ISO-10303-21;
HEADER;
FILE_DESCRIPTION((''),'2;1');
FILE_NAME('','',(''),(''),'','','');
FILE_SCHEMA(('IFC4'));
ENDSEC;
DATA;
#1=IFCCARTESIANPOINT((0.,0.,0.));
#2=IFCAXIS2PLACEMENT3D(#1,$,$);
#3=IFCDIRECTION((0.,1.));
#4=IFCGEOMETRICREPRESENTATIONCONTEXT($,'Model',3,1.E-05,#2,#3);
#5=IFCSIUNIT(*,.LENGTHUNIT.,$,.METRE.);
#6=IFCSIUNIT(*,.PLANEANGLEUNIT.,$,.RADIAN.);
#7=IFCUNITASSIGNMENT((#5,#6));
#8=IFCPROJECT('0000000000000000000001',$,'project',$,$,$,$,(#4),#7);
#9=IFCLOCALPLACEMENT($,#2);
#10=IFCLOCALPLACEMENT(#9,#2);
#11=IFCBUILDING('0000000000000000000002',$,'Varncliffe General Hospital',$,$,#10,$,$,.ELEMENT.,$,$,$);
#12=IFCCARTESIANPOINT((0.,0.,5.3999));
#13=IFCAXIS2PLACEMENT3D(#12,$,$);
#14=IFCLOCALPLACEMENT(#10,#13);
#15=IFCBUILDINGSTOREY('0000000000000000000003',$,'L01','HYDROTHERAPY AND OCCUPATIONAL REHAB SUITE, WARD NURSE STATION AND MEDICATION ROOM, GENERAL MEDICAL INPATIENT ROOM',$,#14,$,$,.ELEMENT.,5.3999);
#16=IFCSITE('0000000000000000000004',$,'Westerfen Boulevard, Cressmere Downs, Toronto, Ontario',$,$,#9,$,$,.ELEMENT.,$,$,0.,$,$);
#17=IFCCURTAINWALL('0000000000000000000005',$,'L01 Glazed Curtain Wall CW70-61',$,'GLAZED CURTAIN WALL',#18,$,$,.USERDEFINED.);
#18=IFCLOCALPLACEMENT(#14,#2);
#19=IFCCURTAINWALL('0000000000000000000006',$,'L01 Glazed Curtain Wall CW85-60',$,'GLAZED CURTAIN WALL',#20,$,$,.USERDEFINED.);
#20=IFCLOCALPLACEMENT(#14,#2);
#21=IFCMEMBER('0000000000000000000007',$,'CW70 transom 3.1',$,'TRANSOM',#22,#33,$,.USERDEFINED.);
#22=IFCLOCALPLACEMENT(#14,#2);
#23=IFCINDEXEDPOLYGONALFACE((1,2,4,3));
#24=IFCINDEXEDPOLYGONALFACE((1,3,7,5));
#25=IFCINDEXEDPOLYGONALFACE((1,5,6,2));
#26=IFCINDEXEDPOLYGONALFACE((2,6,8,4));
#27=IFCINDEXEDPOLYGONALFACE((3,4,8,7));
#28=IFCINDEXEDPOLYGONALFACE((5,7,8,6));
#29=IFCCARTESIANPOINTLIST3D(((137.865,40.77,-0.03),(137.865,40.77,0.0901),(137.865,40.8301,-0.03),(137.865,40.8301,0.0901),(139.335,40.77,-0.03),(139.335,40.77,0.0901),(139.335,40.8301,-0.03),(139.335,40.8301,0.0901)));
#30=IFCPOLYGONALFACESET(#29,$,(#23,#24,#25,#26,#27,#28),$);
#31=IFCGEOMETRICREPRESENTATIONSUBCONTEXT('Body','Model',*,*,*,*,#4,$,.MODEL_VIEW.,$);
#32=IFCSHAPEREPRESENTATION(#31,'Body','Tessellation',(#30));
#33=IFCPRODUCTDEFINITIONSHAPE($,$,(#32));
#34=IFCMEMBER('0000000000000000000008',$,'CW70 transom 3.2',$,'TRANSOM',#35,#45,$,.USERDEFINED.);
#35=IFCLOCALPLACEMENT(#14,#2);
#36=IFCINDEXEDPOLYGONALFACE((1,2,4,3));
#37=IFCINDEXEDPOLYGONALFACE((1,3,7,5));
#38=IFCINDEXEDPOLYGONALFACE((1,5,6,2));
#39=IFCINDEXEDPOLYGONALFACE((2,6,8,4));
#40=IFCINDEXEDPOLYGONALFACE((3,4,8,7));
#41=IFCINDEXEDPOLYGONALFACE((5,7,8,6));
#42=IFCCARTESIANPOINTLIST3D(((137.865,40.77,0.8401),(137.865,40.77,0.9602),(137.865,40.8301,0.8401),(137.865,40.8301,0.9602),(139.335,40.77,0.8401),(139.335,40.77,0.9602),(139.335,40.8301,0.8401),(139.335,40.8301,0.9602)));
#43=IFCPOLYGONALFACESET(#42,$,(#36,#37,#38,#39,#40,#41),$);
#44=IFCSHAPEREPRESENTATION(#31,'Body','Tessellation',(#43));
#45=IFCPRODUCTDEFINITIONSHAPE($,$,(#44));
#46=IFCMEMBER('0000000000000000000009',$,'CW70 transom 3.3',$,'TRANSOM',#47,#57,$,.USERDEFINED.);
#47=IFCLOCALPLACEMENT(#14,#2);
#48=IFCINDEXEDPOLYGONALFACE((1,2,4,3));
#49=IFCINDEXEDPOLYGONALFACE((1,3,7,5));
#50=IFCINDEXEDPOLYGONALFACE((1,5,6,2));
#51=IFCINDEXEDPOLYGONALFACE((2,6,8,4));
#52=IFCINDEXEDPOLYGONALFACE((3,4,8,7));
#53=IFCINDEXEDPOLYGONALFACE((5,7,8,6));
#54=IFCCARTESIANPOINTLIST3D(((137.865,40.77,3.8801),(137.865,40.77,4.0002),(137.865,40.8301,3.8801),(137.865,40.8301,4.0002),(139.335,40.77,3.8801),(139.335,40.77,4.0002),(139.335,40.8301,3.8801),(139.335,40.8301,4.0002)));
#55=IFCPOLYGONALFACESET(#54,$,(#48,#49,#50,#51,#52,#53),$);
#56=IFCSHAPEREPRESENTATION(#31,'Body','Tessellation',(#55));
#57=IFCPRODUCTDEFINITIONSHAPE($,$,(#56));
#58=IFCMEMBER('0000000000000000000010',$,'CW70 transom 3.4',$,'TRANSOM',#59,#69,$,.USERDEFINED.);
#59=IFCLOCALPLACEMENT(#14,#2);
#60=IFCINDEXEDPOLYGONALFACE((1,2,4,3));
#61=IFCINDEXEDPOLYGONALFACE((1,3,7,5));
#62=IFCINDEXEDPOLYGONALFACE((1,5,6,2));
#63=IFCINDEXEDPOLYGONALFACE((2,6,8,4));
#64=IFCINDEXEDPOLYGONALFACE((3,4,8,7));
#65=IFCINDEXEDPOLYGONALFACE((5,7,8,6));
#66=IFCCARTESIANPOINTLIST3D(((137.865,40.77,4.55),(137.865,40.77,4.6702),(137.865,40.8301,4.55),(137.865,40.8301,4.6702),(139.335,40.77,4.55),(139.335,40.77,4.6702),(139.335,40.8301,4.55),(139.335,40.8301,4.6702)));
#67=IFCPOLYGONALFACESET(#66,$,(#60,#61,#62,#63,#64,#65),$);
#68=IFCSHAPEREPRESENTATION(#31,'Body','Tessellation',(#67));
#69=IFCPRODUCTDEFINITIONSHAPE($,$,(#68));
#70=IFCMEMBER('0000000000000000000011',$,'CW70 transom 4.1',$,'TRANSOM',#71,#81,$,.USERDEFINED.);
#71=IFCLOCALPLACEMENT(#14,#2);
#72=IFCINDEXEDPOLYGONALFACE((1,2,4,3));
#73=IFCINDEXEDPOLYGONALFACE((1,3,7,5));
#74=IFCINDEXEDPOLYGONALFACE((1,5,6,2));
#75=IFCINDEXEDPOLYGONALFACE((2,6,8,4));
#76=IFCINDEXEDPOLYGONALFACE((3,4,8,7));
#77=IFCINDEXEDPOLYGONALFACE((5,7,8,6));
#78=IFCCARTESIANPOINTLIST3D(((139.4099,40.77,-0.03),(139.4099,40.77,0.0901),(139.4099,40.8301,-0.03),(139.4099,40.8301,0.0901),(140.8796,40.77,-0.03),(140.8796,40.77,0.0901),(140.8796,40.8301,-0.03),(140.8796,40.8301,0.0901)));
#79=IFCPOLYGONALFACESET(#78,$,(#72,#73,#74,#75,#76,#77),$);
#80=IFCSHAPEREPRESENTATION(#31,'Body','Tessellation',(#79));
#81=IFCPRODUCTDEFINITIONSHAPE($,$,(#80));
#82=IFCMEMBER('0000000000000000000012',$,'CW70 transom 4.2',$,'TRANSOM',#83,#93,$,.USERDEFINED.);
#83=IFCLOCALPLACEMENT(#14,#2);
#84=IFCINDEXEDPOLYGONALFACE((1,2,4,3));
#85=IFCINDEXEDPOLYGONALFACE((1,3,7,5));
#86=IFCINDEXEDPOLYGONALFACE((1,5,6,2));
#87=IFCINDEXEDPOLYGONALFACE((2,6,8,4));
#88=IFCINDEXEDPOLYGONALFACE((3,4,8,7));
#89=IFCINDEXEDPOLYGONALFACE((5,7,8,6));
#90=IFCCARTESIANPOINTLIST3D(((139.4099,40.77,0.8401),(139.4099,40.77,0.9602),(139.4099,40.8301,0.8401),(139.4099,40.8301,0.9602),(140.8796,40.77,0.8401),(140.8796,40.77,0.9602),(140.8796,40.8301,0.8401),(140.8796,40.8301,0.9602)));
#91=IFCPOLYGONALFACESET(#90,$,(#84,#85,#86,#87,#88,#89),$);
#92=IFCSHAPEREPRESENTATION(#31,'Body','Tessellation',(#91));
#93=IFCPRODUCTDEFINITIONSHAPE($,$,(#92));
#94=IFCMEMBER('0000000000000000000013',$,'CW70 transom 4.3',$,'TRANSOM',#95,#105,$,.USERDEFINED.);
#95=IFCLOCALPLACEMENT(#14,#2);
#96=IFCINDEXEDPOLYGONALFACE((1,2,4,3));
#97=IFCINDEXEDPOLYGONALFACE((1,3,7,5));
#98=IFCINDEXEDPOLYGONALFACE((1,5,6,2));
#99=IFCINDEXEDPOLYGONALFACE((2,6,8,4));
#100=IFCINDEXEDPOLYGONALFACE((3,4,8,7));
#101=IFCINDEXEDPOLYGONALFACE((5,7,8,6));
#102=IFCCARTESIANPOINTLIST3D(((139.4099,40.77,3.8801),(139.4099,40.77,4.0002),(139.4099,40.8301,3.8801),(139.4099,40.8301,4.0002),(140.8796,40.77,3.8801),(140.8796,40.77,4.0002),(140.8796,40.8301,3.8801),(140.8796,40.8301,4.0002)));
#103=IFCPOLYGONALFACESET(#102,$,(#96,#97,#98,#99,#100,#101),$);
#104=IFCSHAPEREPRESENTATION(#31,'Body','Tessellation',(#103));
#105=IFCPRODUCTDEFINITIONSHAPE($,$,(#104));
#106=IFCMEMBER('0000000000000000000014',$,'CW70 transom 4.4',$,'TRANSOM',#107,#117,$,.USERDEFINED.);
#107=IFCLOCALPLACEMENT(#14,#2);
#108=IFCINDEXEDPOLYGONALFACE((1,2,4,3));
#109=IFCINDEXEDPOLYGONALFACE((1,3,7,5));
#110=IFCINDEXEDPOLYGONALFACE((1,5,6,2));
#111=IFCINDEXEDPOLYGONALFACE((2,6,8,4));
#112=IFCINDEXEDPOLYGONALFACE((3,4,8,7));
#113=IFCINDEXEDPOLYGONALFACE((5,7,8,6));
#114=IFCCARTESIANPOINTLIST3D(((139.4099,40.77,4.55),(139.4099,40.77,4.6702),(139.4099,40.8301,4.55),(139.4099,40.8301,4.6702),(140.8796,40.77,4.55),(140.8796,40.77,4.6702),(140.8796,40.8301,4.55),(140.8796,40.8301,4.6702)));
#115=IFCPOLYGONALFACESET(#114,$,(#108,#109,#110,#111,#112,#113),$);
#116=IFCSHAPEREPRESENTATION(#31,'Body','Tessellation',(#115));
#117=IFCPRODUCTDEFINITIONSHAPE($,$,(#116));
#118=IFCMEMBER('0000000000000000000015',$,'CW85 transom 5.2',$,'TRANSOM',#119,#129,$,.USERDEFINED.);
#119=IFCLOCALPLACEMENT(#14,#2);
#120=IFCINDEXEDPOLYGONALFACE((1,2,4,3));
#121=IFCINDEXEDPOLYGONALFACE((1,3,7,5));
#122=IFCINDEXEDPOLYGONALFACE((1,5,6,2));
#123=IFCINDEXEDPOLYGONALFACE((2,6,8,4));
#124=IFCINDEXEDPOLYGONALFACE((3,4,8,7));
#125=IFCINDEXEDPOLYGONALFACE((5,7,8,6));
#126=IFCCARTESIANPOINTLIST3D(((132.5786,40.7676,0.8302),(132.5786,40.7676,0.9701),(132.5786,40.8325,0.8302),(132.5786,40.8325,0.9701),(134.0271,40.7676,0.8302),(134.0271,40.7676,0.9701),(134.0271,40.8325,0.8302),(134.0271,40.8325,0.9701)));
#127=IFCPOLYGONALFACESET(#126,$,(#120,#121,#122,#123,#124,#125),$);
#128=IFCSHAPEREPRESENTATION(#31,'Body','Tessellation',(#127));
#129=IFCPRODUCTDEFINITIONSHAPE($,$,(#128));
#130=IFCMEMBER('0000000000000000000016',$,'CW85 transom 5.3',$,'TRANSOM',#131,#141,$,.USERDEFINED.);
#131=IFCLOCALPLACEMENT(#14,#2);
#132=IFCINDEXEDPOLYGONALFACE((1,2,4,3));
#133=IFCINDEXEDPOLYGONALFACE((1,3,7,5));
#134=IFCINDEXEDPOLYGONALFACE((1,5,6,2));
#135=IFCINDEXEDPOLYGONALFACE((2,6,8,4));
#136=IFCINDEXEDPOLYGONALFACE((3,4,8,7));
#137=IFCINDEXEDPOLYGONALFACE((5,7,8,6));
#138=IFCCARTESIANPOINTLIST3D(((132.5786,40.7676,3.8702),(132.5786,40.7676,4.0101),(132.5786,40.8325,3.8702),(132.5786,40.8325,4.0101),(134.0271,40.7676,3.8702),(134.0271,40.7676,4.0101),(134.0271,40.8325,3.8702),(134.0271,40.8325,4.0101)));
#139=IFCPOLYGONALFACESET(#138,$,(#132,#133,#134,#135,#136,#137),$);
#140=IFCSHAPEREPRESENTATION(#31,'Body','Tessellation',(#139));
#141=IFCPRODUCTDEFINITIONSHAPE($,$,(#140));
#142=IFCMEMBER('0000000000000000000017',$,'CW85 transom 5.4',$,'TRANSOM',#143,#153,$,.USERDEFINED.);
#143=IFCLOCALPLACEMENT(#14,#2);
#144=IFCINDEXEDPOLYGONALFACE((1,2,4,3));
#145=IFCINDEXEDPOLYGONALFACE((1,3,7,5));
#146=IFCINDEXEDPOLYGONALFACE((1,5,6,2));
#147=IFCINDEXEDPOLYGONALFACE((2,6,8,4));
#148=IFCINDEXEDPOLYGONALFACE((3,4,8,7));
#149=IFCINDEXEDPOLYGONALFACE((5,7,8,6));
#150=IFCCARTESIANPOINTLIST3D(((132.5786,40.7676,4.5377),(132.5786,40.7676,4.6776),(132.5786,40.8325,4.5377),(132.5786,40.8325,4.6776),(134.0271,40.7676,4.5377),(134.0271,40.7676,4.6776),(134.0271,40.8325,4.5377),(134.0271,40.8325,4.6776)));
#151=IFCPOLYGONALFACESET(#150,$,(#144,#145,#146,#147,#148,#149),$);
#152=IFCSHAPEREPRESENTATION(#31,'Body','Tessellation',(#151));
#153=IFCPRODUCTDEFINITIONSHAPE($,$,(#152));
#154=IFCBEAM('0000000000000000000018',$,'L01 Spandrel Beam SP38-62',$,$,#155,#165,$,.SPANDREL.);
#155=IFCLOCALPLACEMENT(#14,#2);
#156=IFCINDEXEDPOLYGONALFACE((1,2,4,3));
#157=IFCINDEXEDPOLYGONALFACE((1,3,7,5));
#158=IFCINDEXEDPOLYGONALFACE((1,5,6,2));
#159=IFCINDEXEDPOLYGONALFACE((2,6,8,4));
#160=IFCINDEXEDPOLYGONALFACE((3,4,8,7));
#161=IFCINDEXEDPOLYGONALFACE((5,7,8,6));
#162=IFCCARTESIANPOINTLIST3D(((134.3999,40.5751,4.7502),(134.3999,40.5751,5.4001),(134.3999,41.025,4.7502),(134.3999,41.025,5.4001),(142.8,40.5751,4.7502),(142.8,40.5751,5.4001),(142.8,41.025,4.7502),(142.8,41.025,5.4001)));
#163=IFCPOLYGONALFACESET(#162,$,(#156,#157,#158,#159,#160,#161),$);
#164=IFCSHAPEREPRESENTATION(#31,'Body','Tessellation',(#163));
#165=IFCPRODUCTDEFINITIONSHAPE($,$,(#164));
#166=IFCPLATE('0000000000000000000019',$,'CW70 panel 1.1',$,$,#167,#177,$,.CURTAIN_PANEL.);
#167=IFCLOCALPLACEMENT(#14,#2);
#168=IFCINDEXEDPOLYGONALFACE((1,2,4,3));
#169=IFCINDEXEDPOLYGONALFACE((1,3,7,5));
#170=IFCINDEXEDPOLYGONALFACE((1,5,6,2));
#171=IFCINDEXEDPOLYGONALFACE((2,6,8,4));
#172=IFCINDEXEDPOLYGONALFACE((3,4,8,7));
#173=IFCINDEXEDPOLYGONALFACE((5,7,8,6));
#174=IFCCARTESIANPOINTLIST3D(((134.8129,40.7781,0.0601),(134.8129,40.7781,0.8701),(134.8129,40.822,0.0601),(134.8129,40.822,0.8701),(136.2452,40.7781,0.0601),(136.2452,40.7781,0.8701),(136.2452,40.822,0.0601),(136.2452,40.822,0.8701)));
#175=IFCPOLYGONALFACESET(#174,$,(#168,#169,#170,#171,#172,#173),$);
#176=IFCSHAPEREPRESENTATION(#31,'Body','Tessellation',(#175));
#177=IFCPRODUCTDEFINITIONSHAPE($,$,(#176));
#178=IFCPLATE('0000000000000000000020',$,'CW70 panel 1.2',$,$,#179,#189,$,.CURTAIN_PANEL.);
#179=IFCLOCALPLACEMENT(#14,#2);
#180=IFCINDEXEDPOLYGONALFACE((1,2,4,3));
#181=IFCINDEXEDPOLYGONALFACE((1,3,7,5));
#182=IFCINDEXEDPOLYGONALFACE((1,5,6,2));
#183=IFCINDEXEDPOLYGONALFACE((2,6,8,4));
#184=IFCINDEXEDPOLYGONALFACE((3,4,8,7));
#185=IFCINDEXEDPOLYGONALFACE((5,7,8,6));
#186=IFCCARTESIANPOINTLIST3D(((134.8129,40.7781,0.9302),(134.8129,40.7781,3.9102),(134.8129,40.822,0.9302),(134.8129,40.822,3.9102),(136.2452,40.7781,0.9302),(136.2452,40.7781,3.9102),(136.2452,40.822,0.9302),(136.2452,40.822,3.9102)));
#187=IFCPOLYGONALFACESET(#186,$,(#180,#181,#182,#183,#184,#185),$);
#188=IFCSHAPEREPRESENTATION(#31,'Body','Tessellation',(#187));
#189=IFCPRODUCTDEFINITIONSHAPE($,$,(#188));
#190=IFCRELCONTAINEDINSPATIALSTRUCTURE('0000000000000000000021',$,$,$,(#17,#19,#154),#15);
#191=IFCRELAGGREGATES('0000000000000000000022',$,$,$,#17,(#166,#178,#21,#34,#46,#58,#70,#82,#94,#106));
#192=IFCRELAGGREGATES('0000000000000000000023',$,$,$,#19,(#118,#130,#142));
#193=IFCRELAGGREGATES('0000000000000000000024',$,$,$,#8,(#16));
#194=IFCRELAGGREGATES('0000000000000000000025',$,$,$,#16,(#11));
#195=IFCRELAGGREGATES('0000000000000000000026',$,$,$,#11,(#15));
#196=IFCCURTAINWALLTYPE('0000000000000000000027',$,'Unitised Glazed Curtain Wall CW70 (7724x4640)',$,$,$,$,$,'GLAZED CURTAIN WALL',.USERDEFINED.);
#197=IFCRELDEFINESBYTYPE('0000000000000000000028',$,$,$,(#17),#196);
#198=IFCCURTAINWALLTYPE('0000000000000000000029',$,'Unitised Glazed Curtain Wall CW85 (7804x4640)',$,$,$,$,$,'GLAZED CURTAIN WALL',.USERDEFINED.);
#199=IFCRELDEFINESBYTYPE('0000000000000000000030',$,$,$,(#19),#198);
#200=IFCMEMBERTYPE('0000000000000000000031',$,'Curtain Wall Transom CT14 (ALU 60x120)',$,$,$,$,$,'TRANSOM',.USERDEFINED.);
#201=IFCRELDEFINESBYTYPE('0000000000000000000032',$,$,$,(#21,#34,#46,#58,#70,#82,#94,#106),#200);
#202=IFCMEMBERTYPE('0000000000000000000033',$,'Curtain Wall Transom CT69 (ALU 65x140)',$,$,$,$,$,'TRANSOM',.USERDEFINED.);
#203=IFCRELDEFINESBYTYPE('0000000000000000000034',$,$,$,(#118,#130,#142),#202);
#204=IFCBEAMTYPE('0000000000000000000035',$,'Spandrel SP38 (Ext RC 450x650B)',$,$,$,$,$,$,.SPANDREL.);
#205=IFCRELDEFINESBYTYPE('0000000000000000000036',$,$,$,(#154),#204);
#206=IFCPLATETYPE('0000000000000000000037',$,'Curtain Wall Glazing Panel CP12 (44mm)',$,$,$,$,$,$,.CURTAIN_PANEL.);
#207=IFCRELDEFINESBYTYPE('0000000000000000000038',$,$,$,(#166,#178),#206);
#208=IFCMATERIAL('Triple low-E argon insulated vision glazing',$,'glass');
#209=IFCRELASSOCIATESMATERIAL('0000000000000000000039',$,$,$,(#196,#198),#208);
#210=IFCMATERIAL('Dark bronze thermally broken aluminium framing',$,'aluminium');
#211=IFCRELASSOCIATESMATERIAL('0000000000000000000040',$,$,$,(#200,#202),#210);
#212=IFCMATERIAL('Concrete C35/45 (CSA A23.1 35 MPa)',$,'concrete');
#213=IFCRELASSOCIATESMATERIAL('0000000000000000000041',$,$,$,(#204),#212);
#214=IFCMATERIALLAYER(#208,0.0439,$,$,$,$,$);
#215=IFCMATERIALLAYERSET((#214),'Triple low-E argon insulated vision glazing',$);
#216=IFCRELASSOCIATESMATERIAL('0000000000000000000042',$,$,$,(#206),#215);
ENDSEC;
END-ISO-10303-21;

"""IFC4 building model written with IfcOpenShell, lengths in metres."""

from ifc_helpers import new_model, si_unit, direction, frame, origin, origin_2d, place, context, subcontext, project, spatial, rectangle, extrude, material, layer, layer_set, material_profile, profile_set, type_object, element, aggregate, save


model = new_model("IFC4")

# Units and contexts
model_context = context("Model", 3, precision=1e-05, world=origin(), true_north=direction((0.0, 1.0)))
body_context = subcontext(model_context, "Body", "Model", "MODEL_VIEW")
ifc_project = project(units=[si_unit("LENGTHUNIT", "METRE"), si_unit("PLANEANGLEUNIT", "RADIAN")], contexts=[model_context])

# Site, building, storey
site_placement = place(None, origin())
site = spatial("IfcSite", under=ifc_project, at=site_placement, Name="Westerfen Boulevard, Cressmere Downs, Toronto, Ontario", CompositionType="ELEMENT", RefElevation=0.0)
building_placement = place(site_placement, origin())
building = spatial("IfcBuilding", under=site, at=building_placement, Name="Varncliffe General Hospital", CompositionType="ELEMENT")
storey_placement = place(building_placement, frame((0.0, 0.0, 5.3999)))
storey = spatial("IfcBuildingStorey", under=building, at=storey_placement, Name="L01", Description="HYDROTHERAPY AND OCCUPATIONAL REHAB SUITE, WARD NURSE STATION AND MEDICATION ROOM, GENERAL MEDICAL INPATIENT ROOM", CompositionType="ELEMENT", Elevation=5.3999)

# Curtain wall
ifc_material_1 = material(Name="Triple low-E argon insulated vision glazing", Category="glass")
curtain_wall_type_1 = type_object("IfcCurtainWallType", Name="Unitised Glazed Curtain Wall CW70 (7724x4640)", ElementType="GLAZED CURTAIN WALL", PredefinedType="USERDEFINED", material=ifc_material_1)
curtain_wall_1_placement = place(storey_placement, origin())
curtain_wall_1 = element("IfcCurtainWall", 1, at=curtain_wall_1_placement, inside=storey, type_object=curtain_wall_type_1, Name="L01 Glazed Curtain Wall CW70-61", ObjectType="GLAZED CURTAIN WALL", PredefinedType="USERDEFINED")
ifc_material_2 = material(Name="Dark bronze thermally broken aluminium framing", Category="aluminium")

# Curtain wall
curtain_wall_type_2 = type_object("IfcCurtainWallType", Name="Unitised Glazed Curtain Wall CW85 (7804x4640)", ElementType="GLAZED CURTAIN WALL", PredefinedType="USERDEFINED", material=ifc_material_1)
curtain_wall_2_placement = place(storey_placement, origin())
curtain_wall_2 = element("IfcCurtainWall", 2, at=curtain_wall_2_placement, inside=storey, type_object=curtain_wall_type_2, Name="L01 Glazed Curtain Wall CW85-60", ObjectType="GLAZED CURTAIN WALL", PredefinedType="USERDEFINED")

# Members
ifc_material_profile_1 = material_profile(ifc_material_2, rectangle(XDim=0.0601, YDim=0.1201, at=origin_2d()), Name="ALU 60x120")
ifc_profile_set_1 = profile_set([ifc_material_profile_1], Name="Dark bronze thermally broken aluminium framing")
member_type_1 = type_object("IfcMemberType", Name="Curtain Wall Transom CT14 (ALU 60x120)", ElementType="TRANSOM", PredefinedType="USERDEFINED", material=ifc_profile_set_1)
member_1_placement = place(storey_placement, frame((137.865, 40.8, 0.03), z_axis=(1.0, 0.0, 0.0), x_axis=(0.0, 1.0, 0.0)))
member_1 = element("IfcMember", 3, at=member_1_placement, type_object=member_type_1, Name="CW70 transom 3.1", ObjectType="TRANSOM", PredefinedType="USERDEFINED", context=body_context, shape_type="SweptSolid", body=[
    extrude(rectangle(XDim=0.0601, YDim=0.1201, at=origin_2d()), origin(), (0.0, 0.0, 1.0), 1.47),
])
member_2_placement = place(storey_placement, frame((137.865, 40.8, 0.9001), z_axis=(1.0, 0.0, 0.0), x_axis=(0.0, 1.0, 0.0)))
member_2 = element("IfcMember", 4, at=member_2_placement, type_object=member_type_1, Name="CW70 transom 3.2", ObjectType="TRANSOM", PredefinedType="USERDEFINED", context=body_context, shape_type="SweptSolid", body=[
    extrude(rectangle(XDim=0.0601, YDim=0.1201, at=origin_2d()), origin(), (0.0, 0.0, 1.0), 1.47),
])
member_3_placement = place(storey_placement, frame((137.865, 40.8, 3.9402), z_axis=(1.0, 0.0, 0.0), x_axis=(0.0, 1.0, 0.0)))
member_3 = element("IfcMember", 5, at=member_3_placement, type_object=member_type_1, Name="CW70 transom 3.3", ObjectType="TRANSOM", PredefinedType="USERDEFINED", context=body_context, shape_type="SweptSolid", body=[
    extrude(rectangle(XDim=0.0601, YDim=0.1201, at=origin_2d()), origin(), (0.0, 0.0, 1.0), 1.47),
])
member_4_placement = place(storey_placement, frame((137.865, 40.8, 4.6101), z_axis=(1.0, 0.0, 0.0), x_axis=(0.0, 1.0, 0.0)))
member_4 = element("IfcMember", 6, at=member_4_placement, type_object=member_type_1, Name="CW70 transom 3.4", ObjectType="TRANSOM", PredefinedType="USERDEFINED", context=body_context, shape_type="SweptSolid", body=[
    extrude(rectangle(XDim=0.0601, YDim=0.1201, at=origin_2d()), origin(), (0.0, 0.0, 1.0), 1.47),
])
member_5_placement = place(storey_placement, frame((139.4099, 40.8, 0.03), z_axis=(1.0, 0.0, 0.0), x_axis=(0.0, 1.0, 0.0)))
member_5 = element("IfcMember", 7, at=member_5_placement, type_object=member_type_1, Name="CW70 transom 4.1", ObjectType="TRANSOM", PredefinedType="USERDEFINED", context=body_context, shape_type="SweptSolid", body=[
    extrude(rectangle(XDim=0.0601, YDim=0.1201, at=origin_2d()), origin(), (0.0, 0.0, 1.0), 1.4697),
])
member_6_placement = place(storey_placement, frame((139.4099, 40.8, 0.9001), z_axis=(1.0, 0.0, 0.0), x_axis=(0.0, 1.0, 0.0)))
member_6 = element("IfcMember", 8, at=member_6_placement, type_object=member_type_1, Name="CW70 transom 4.2", ObjectType="TRANSOM", PredefinedType="USERDEFINED", context=body_context, shape_type="SweptSolid", body=[
    extrude(rectangle(XDim=0.0601, YDim=0.1201, at=origin_2d()), origin(), (0.0, 0.0, 1.0), 1.4697),
])
member_7_placement = place(storey_placement, frame((139.4099, 40.8, 3.9402), z_axis=(1.0, 0.0, 0.0), x_axis=(0.0, 1.0, 0.0)))
member_7 = element("IfcMember", 9, at=member_7_placement, type_object=member_type_1, Name="CW70 transom 4.3", ObjectType="TRANSOM", PredefinedType="USERDEFINED", context=body_context, shape_type="SweptSolid", body=[
    extrude(rectangle(XDim=0.0601, YDim=0.1201, at=origin_2d()), origin(), (0.0, 0.0, 1.0), 1.4697),
])
member_8_placement = place(storey_placement, frame((139.4099, 40.8, 4.6101), z_axis=(1.0, 0.0, 0.0), x_axis=(0.0, 1.0, 0.0)))
member_8 = element("IfcMember", 10, at=member_8_placement, type_object=member_type_1, Name="CW70 transom 4.4", ObjectType="TRANSOM", PredefinedType="USERDEFINED", context=body_context, shape_type="SweptSolid", body=[
    extrude(rectangle(XDim=0.0601, YDim=0.1201, at=origin_2d()), origin(), (0.0, 0.0, 1.0), 1.4697),
])
ifc_material_profile_2 = material_profile(ifc_material_2, rectangle(XDim=0.0649, YDim=0.1399, at=origin_2d()), Name="ALU 65x140")
ifc_profile_set_2 = profile_set([ifc_material_profile_2], Name="Dark bronze thermally broken aluminium framing")
member_type_2 = type_object("IfcMemberType", Name="Curtain Wall Transom CT69 (ALU 65x140)", ElementType="TRANSOM", PredefinedType="USERDEFINED", material=ifc_profile_set_2)
member_9_placement = place(storey_placement, frame((132.5786, 40.8, 0.9001), z_axis=(1.0, 0.0, 0.0), x_axis=(0.0, 1.0, 0.0)))
member_9 = element("IfcMember", 11, at=member_9_placement, type_object=member_type_2, Name="CW85 transom 5.2", ObjectType="TRANSOM", PredefinedType="USERDEFINED", context=body_context, shape_type="SweptSolid", body=[
    extrude(rectangle(XDim=0.0649, YDim=0.1399, at=origin_2d()), origin(), (0.0, 0.0, 1.0), 1.4485),
])
member_10_placement = place(storey_placement, frame((132.5786, 40.8, 3.9402), z_axis=(1.0, 0.0, 0.0), x_axis=(0.0, 1.0, 0.0)))
member_10 = element("IfcMember", 12, at=member_10_placement, type_object=member_type_2, Name="CW85 transom 5.3", ObjectType="TRANSOM", PredefinedType="USERDEFINED", context=body_context, shape_type="SweptSolid", body=[
    extrude(rectangle(XDim=0.0649, YDim=0.1399, at=origin_2d()), origin(), (0.0, 0.0, 1.0), 1.4485),
])
member_11_placement = place(storey_placement, frame((132.5786, 40.8, 4.6077), z_axis=(1.0, 0.0, 0.0), x_axis=(0.0, 1.0, 0.0)))
member_11 = element("IfcMember", 13, at=member_11_placement, type_object=member_type_2, Name="CW85 transom 5.4", ObjectType="TRANSOM", PredefinedType="USERDEFINED", context=body_context, shape_type="SweptSolid", body=[
    extrude(rectangle(XDim=0.0649, YDim=0.1399, at=origin_2d()), origin(), (0.0, 0.0, 1.0), 1.4485),
])

# Beam
ifc_material_3 = material(Name="Concrete C35/45 (CSA A23.1 35 MPa)", Category="concrete")
ifc_material_profile_3 = material_profile(ifc_material_3, rectangle(XDim=0.45, YDim=0.6499, at=origin_2d()), Name="RC 450x650")
ifc_profile_set_3 = profile_set([ifc_material_profile_3], Name="Concrete C35/45 (CSA A23.1 35 MPa)")
beam_type = type_object("IfcBeamType", Name="Spandrel SP38 (Ext RC 450x650B)", PredefinedType="SPANDREL", material=ifc_profile_set_3)
beam_placement = place(storey_placement, frame((134.3999, 40.8, 5.0752), z_axis=(1.0, 0.0, 0.0), x_axis=(0.0, 1.0, 0.0)))
element("IfcBeam", 14, at=beam_placement, inside=storey, type_object=beam_type, Name="L01 Spandrel Beam SP38-62", PredefinedType="SPANDREL", context=body_context, shape_type="SweptSolid", body=[
    extrude(rectangle(XDim=0.45, YDim=0.6499, at=origin_2d()), origin(), (0.0, 0.0, 1.0), 8.4001),
])

# Plates
ifc_layer_1 = layer(ifc_material_1, 0.0439)
ifc_layer_set_1 = layer_set([ifc_layer_1], Name="Triple low-E argon insulated vision glazing")
plate_type_1 = type_object("IfcPlateType", Name="Curtain Wall Glazing Panel CP12 (44mm)", PredefinedType="CURTAIN_PANEL", material=ifc_layer_set_1)
plate_1_placement = place(storey_placement, frame((135.5291, 40.8, 0.0601), z_axis=(0.0, 0.0, 1.0), x_axis=(1.0, 0.0, 0.0)))
plate_1 = element("IfcPlate", 15, at=plate_1_placement, type_object=plate_type_1, Name="CW70 panel 1.1", PredefinedType="CURTAIN_PANEL", context=body_context, shape_type="SweptSolid", body=[
    extrude(rectangle(XDim=1.4324, YDim=0.0439, at=origin_2d()), origin(), (0.0, 0.0, 1.0), 0.8101),
])
plate_2_placement = place(storey_placement, frame((135.5291, 40.8, 0.9302), z_axis=(0.0, 0.0, 1.0), x_axis=(1.0, 0.0, 0.0)))
plate_2 = element("IfcPlate", 16, at=plate_2_placement, type_object=plate_type_1, Name="CW70 panel 1.2", PredefinedType="CURTAIN_PANEL", context=body_context, shape_type="SweptSolid", body=[
    extrude(rectangle(XDim=1.4324, YDim=0.0439, at=origin_2d()), origin(), (0.0, 0.0, 1.0), 2.98),
])
aggregate(curtain_wall_1, [plate_1, plate_2, member_1, member_2, member_3, member_4, member_5, member_6, member_7, member_8])
aggregate(curtain_wall_2, [member_9, member_10, member_11])

save(model, "model.ifc")
